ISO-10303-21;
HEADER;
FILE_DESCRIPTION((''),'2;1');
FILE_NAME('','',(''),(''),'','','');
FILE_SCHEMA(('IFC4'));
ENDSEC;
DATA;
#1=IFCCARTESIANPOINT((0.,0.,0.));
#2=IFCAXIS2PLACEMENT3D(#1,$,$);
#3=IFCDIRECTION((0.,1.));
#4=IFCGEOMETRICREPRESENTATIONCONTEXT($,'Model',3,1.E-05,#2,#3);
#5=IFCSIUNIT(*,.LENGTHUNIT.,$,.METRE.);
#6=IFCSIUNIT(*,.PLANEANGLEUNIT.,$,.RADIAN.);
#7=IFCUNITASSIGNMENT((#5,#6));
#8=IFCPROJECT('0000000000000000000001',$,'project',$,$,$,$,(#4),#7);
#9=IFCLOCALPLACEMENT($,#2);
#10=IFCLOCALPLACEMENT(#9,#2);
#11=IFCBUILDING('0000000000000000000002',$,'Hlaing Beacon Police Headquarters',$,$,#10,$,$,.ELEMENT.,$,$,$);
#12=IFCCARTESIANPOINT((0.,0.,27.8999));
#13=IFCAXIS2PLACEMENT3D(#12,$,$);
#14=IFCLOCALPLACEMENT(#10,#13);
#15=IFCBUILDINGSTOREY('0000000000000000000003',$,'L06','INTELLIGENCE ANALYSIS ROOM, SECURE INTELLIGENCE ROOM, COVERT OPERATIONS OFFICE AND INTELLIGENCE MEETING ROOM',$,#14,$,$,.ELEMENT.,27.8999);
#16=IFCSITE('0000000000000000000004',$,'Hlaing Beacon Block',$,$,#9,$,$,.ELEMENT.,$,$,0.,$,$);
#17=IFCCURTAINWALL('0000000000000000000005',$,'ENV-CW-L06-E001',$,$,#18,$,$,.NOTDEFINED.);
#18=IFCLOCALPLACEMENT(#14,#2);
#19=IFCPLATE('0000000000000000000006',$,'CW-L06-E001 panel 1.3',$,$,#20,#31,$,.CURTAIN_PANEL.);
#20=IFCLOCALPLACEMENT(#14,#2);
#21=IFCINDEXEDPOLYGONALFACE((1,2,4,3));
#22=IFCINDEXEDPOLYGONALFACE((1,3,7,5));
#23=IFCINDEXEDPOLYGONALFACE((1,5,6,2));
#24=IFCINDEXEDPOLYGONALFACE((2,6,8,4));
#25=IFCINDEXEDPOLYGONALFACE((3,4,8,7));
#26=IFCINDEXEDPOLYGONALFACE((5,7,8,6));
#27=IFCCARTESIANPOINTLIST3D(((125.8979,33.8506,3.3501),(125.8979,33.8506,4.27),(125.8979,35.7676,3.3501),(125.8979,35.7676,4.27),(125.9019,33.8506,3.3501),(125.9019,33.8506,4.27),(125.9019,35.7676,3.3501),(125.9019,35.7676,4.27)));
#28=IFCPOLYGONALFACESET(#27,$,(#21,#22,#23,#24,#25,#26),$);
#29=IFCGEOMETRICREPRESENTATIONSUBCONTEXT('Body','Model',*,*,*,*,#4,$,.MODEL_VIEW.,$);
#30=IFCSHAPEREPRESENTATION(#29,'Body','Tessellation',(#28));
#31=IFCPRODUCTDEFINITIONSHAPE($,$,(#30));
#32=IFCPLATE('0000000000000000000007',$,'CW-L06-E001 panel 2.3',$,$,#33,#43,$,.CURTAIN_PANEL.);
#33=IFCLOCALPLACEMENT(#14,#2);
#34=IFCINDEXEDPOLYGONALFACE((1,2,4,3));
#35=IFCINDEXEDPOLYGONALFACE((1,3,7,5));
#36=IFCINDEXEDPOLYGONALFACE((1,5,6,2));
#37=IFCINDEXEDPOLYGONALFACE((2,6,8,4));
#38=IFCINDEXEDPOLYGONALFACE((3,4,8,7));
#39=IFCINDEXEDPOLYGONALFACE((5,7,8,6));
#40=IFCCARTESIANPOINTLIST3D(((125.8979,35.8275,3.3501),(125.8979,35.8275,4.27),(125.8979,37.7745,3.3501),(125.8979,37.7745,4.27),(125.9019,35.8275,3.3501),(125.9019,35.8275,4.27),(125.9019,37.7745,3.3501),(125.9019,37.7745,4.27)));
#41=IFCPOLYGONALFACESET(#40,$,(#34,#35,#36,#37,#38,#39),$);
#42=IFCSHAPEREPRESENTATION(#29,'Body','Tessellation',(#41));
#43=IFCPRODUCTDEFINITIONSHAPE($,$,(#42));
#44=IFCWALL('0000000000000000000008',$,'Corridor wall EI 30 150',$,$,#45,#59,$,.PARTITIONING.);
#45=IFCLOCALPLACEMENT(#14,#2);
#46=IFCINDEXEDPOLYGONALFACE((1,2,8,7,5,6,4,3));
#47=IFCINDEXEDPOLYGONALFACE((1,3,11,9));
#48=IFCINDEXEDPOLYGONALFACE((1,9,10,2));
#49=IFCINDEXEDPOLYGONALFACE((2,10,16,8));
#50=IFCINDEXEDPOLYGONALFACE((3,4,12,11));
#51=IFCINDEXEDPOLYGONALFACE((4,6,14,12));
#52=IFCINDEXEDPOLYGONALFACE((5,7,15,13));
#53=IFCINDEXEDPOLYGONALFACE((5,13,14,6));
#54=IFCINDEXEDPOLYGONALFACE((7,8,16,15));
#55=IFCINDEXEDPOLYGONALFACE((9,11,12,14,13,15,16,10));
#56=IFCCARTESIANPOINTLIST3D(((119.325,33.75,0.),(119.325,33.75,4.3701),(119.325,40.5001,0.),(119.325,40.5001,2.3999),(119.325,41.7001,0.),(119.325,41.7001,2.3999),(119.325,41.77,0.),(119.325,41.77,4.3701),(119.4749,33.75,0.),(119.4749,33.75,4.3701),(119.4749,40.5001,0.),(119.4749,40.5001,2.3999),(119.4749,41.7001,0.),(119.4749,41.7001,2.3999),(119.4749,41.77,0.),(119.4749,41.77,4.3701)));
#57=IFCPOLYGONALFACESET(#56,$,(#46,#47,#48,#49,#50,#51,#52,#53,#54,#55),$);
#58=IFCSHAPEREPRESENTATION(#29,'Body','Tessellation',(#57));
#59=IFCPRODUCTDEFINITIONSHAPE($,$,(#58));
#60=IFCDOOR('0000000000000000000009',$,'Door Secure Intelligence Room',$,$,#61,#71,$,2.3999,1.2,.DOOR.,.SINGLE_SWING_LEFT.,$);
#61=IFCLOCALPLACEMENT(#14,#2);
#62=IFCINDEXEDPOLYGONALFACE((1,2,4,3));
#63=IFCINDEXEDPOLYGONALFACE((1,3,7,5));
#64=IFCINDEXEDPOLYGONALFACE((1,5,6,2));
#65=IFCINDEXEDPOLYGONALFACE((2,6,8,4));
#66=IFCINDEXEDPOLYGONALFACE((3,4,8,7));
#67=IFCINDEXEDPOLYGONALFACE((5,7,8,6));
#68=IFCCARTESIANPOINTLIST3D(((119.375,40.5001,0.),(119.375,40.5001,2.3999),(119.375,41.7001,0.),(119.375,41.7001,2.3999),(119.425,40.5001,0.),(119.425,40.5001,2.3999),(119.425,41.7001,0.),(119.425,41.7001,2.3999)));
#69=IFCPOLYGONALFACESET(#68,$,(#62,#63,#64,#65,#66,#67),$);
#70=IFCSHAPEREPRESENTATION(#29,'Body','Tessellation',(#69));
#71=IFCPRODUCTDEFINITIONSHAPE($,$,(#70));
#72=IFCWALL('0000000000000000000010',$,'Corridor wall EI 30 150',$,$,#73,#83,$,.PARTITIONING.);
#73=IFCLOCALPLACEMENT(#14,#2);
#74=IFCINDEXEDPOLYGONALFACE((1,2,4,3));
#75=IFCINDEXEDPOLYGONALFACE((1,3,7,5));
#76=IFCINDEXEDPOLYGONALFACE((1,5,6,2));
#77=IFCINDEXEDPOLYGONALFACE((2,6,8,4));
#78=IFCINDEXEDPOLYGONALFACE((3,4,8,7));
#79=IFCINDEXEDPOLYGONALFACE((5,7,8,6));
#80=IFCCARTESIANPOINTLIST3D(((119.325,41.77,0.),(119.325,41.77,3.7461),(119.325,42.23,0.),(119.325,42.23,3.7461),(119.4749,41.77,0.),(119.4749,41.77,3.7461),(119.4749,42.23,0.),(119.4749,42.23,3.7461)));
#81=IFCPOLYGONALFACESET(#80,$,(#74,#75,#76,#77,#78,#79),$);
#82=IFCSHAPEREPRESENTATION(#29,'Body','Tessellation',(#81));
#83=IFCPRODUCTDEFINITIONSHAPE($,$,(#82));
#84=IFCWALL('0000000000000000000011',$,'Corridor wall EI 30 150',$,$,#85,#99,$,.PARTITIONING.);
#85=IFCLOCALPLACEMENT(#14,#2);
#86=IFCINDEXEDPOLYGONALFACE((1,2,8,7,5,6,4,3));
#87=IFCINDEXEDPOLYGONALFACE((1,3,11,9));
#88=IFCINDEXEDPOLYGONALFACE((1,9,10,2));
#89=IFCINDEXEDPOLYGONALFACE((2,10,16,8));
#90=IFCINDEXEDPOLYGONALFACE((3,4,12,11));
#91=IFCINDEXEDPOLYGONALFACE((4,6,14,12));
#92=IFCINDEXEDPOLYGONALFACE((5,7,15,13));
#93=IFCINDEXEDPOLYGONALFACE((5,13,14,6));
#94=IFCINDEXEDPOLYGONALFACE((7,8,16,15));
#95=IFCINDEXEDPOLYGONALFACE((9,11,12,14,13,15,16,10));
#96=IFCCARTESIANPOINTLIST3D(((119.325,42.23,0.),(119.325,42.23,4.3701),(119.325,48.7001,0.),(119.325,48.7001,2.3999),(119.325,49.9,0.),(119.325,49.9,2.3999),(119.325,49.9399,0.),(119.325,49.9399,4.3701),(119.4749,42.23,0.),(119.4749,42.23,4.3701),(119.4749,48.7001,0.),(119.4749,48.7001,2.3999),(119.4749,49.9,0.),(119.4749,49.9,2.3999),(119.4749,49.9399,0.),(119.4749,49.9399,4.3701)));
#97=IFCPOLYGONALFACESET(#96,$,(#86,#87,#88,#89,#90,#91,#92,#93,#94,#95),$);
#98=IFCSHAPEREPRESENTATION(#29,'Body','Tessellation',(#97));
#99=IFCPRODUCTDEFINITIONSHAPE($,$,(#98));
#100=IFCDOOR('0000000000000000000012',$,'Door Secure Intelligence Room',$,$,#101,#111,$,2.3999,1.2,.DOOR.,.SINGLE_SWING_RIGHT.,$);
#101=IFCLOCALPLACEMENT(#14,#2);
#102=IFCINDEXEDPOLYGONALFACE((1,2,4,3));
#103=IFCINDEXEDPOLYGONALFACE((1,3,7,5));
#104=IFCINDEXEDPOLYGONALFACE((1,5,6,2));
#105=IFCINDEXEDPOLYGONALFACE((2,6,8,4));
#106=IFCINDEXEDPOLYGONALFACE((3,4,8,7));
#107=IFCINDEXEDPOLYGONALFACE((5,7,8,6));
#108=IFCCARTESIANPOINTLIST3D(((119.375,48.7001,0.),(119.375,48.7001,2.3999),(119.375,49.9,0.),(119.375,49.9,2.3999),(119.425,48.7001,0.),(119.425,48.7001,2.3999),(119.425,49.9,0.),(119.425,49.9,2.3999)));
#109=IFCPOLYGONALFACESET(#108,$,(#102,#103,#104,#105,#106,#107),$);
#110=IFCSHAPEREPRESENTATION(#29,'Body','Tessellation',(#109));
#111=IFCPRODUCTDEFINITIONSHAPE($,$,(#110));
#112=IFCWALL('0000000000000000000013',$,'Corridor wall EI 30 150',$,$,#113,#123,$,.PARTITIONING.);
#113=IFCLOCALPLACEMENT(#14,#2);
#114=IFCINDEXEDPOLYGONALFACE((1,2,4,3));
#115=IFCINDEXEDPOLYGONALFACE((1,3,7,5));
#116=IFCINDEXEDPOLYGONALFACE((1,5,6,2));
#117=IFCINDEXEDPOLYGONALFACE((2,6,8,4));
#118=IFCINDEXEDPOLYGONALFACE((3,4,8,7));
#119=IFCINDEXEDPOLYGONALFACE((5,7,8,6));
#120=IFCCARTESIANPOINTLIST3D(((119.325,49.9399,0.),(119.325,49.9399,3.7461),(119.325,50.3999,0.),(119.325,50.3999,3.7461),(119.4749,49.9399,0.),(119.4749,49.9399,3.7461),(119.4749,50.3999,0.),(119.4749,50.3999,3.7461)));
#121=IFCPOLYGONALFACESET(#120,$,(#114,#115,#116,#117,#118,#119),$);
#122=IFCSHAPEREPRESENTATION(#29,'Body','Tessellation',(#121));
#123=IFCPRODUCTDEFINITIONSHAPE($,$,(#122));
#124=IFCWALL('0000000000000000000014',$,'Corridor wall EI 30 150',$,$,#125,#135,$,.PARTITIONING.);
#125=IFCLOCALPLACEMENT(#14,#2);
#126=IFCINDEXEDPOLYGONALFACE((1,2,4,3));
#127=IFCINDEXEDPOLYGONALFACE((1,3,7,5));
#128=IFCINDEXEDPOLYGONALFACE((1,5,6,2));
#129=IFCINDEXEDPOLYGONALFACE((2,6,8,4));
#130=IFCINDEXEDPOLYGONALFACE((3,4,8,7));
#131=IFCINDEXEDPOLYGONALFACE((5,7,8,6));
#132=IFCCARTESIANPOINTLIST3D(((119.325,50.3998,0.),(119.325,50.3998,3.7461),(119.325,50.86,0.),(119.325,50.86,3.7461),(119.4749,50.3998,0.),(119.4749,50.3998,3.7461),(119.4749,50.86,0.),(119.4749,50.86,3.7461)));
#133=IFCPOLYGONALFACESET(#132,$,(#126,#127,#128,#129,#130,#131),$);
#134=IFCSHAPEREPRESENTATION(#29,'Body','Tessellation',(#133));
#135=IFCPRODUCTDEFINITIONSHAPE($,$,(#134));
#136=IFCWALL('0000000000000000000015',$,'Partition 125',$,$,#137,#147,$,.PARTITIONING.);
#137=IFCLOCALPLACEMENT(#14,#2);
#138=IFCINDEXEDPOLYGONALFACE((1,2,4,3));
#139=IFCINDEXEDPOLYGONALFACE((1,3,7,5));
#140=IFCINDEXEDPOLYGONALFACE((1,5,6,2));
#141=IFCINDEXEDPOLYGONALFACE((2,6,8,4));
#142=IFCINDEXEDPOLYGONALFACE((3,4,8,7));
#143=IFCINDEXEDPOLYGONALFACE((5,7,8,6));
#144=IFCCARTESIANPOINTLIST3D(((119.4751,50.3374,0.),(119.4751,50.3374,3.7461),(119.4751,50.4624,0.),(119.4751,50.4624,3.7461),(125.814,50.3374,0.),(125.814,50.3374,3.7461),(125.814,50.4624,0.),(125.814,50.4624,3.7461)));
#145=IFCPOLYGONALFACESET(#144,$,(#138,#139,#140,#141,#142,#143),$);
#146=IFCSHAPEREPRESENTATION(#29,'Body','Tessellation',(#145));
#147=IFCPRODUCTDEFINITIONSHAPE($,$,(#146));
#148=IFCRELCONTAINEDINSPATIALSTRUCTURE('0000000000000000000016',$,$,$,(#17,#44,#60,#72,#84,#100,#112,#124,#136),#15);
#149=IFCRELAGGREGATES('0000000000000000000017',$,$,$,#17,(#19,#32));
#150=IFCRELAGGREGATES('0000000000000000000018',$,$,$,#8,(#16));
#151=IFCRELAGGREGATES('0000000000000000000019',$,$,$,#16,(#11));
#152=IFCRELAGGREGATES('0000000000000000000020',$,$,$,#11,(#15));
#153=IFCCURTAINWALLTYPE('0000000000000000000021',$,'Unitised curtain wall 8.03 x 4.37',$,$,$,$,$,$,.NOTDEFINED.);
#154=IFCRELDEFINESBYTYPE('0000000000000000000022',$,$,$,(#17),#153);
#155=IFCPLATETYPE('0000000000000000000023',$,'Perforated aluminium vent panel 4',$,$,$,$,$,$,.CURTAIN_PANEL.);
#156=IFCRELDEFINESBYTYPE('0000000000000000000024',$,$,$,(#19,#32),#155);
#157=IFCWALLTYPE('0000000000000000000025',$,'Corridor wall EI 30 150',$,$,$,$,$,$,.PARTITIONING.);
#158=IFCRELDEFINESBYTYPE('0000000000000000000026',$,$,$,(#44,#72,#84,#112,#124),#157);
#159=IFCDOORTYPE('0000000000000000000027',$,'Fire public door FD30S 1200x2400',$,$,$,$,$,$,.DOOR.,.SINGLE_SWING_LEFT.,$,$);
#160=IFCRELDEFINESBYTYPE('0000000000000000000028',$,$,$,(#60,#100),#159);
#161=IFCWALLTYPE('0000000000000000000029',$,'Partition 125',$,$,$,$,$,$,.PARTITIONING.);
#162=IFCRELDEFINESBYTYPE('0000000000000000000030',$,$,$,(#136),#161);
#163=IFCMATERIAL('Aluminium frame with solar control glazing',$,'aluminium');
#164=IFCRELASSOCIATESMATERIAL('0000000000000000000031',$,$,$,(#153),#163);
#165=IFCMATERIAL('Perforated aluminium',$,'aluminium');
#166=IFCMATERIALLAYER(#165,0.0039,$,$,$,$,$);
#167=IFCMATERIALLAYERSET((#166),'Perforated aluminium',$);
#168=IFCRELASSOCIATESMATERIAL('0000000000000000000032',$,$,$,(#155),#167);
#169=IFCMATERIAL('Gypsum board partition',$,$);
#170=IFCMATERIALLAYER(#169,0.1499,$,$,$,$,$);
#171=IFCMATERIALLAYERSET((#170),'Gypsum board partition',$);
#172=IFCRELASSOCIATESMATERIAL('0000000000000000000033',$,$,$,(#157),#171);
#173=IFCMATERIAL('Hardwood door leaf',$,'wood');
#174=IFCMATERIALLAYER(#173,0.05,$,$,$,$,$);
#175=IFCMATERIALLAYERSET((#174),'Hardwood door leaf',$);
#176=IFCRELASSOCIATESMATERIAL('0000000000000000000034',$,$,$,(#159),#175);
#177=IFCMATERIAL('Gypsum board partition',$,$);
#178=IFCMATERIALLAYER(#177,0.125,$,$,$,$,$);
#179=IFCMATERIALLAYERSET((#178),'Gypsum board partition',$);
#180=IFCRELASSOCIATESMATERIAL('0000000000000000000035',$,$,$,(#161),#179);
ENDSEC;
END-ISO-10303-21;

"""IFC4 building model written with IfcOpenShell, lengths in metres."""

from ifc_helpers import new_model, si_unit, direction, frame, frame_2d, origin, origin_2d, place, context, subcontext, project, spatial, rectangle, extrude, material, layer, layer_set, type_object, element, fill, aggregate, save


model = new_model("IFC4")

# Units and contexts
model_context = context("Model", 3, precision=1e-05, world=origin(), true_north=direction((0.0, 1.0)))
body_context = subcontext(model_context, "Body", "Model", "MODEL_VIEW")
ifc_project = project(units=[si_unit("LENGTHUNIT", "METRE"), si_unit("PLANEANGLEUNIT", "RADIAN")], contexts=[model_context])

# Site, building, storey
site_placement = place(None, origin())
site = spatial("IfcSite", under=ifc_project, at=site_placement, Name="Hlaing Beacon Block", CompositionType="ELEMENT", RefElevation=0.0)
building_placement = place(site_placement, origin())
building = spatial("IfcBuilding", under=site, at=building_placement, Name="Hlaing Beacon Police Headquarters", CompositionType="ELEMENT")
storey_placement = place(building_placement, frame((0.0, 0.0, 27.8999)))
storey = spatial("IfcBuildingStorey", under=building, at=storey_placement, Name="L06", Description="INTELLIGENCE ANALYSIS ROOM, SECURE INTELLIGENCE ROOM, COVERT OPERATIONS OFFICE AND INTELLIGENCE MEETING ROOM", CompositionType="ELEMENT", Elevation=27.8999)

# Curtain wall
ifc_material_1 = material(Name="Aluminium frame with solar control glazing", Category="aluminium")
curtain_wall_type = type_object("IfcCurtainWallType", Name="Unitised curtain wall 8.03 x 4.37", PredefinedType="NOTDEFINED", material=ifc_material_1)
curtain_wall_placement = place(storey_placement, origin())
curtain_wall = element("IfcCurtainWall", 1, at=curtain_wall_placement, inside=storey, type_object=curtain_wall_type, Name="ENV-CW-L06-E001", PredefinedType="NOTDEFINED")

# Plates
ifc_material_2 = material(Name="Perforated aluminium", Category="aluminium")
ifc_layer_1 = layer(ifc_material_2, 0.0039)
ifc_layer_set_1 = layer_set([ifc_layer_1], Name="Perforated aluminium")
plate_type_1 = type_object("IfcPlateType", Name="Perforated aluminium vent panel 4", PredefinedType="CURTAIN_PANEL", material=ifc_layer_set_1)
plate_1_placement = place(storey_placement, frame((125.8999, 34.8091, 3.3501), z_axis=(0.0, 0.0, 1.0), x_axis=(0.0, 1.0, 0.0)))
plate_1 = element("IfcPlate", 2, at=plate_1_placement, type_object=plate_type_1, Name="CW-L06-E001 panel 1.3", PredefinedType="CURTAIN_PANEL", context=body_context, shape_type="SweptSolid", body=[
    extrude(rectangle(XDim=1.917, YDim=0.0039, at=origin_2d()), origin(), (0.0, 0.0, 1.0), 0.9199),
])
plate_2_placement = place(storey_placement, frame((125.8999, 36.801, 3.3501), z_axis=(0.0, 0.0, 1.0), x_axis=(0.0, 1.0, 0.0)))
plate_2 = element("IfcPlate", 3, at=plate_2_placement, type_object=plate_type_1, Name="CW-L06-E001 panel 2.3", PredefinedType="CURTAIN_PANEL", context=body_context, shape_type="SweptSolid", body=[
    extrude(rectangle(XDim=1.947, YDim=0.0039, at=origin_2d()), origin(), (0.0, 0.0, 1.0), 0.9199),
])
aggregate(curtain_wall, [plate_1, plate_2])

# Wall, opening, door
ifc_material_3 = material(Name="Gypsum board partition")
ifc_layer_2 = layer(ifc_material_3, 0.1499)
ifc_layer_set_2 = layer_set([ifc_layer_2], Name="Gypsum board partition")
wall_type_1 = type_object("IfcWallType", Name="Corridor wall EI 30 150", PredefinedType="PARTITIONING", material=ifc_layer_set_2)
wall_1_placement = place(storey_placement, frame((119.3999, 33.75, 0.0), z_axis=(0.0, 0.0, 1.0), x_axis=(0.0, 1.0, 0.0)))
wall_1 = element("IfcWall", 4, at=wall_1_placement, inside=storey, type_object=wall_type_1, Name="Corridor wall EI 30 150", PredefinedType="PARTITIONING", context=body_context, shape_type="SweptSolid", body=[
    extrude(rectangle(XDim=8.02, YDim=0.1499, at=frame_2d((4.01, 0.0))), origin(), (0.0, 0.0, 1.0), 4.3701),
])
opening_1_placement = place(wall_1_placement, frame((6.75, 0.0, 0.0)))
opening_1 = element("IfcOpeningElement", 5, at=opening_1_placement, cuts=wall_1, PredefinedType="OPENING", context=body_context, shape_type="SweptSolid", body=[
    extrude(rectangle(XDim=1.2, YDim=2.3999, at=frame_2d((0.6001, 1.2))), frame((0.0, 0.085, 0.0), z_axis=(0.0, -1.0, 0.0), x_axis=(1.0, 0.0, 0.0)), (0.0, 0.0, 1.0), 0.1699),
])
ifc_material_4 = material(Name="Hardwood door leaf", Category="wood")
ifc_layer_3 = layer(ifc_material_4, 0.05)
ifc_layer_set_3 = layer_set([ifc_layer_3], Name="Hardwood door leaf")
door_type = type_object("IfcDoorType", Name="Fire public door FD30S 1200x2400", OperationType="SINGLE_SWING_LEFT", PredefinedType="DOOR", material=ifc_layer_set_3)
door_1_placement = place(opening_1_placement, origin())
door_1 = element("IfcDoor", 6, at=door_1_placement, inside=storey, type_object=door_type, Name="Door Secure Intelligence Room", OperationType="SINGLE_SWING_LEFT", OverallHeight=2.3999, OverallWidth=1.2, PredefinedType="DOOR", context=body_context, shape_type="SweptSolid", body=[
    extrude(rectangle(XDim=1.2, YDim=2.3999, at=frame_2d((0.6001, 1.2))), frame((0.0, 0.0249, 0.0), z_axis=(0.0, -1.0, 0.0), x_axis=(1.0, 0.0, 0.0)), (0.0, 0.0, 1.0), 0.05),
])
fill(opening_1, door_1)

# Wall
wall_2_placement = place(storey_placement, frame((119.3999, 41.77, 0.0), z_axis=(0.0, 0.0, 1.0), x_axis=(0.0, 1.0, 0.0)))
element("IfcWall", 7, at=wall_2_placement, inside=storey, type_object=wall_type_1, Name="Corridor wall EI 30 150", PredefinedType="PARTITIONING", context=body_context, shape_type="SweptSolid", body=[
    extrude(rectangle(XDim=0.46, YDim=0.1499, at=frame_2d((0.23, 0.0))), origin(), (0.0, 0.0, 1.0), 3.7461),
])

# Wall, opening, door
wall_3_placement = place(storey_placement, frame((119.3999, 42.23, 0.0), z_axis=(0.0, 0.0, 1.0), x_axis=(0.0, 1.0, 0.0)))
wall_3 = element("IfcWall", 8, at=wall_3_placement, inside=storey, type_object=wall_type_1, Name="Corridor wall EI 30 150", PredefinedType="PARTITIONING", context=body_context, shape_type="SweptSolid", body=[
    extrude(rectangle(XDim=7.71, YDim=0.1499, at=frame_2d((3.855, 0.0))), origin(), (0.0, 0.0, 1.0), 4.3701),
])
opening_2_placement = place(wall_3_placement, frame((6.47, 0.0, 0.0)))
opening_2 = element("IfcOpeningElement", 9, at=opening_2_placement, cuts=wall_3, PredefinedType="OPENING", context=body_context, shape_type="SweptSolid", body=[
    extrude(rectangle(XDim=1.2, YDim=2.3999, at=frame_2d((0.6001, 1.2))), frame((0.0, 0.085, 0.0), z_axis=(0.0, -1.0, 0.0), x_axis=(1.0, 0.0, 0.0)), (0.0, 0.0, 1.0), 0.1699),
])
door_2_placement = place(opening_2_placement, origin())
door_2 = element("IfcDoor", 10, at=door_2_placement, inside=storey, type_object=door_type, Name="Door Secure Intelligence Room", OperationType="SINGLE_SWING_RIGHT", OverallHeight=2.3999, OverallWidth=1.2, PredefinedType="DOOR", context=body_context, shape_type="SweptSolid", body=[
    extrude(rectangle(XDim=1.2, YDim=2.3999, at=frame_2d((0.6001, 1.2))), frame((0.0, 0.0249, 0.0), z_axis=(0.0, -1.0, 0.0), x_axis=(1.0, 0.0, 0.0)), (0.0, 0.0, 1.0), 0.05),
])
fill(opening_2, door_2)

# Walls
wall_4_placement = place(storey_placement, frame((119.3999, 49.9399, 0.0), z_axis=(0.0, 0.0, 1.0), x_axis=(0.0, 1.0, 0.0)))
element("IfcWall", 11, at=wall_4_placement, inside=storey, type_object=wall_type_1, Name="Corridor wall EI 30 150", PredefinedType="PARTITIONING", context=body_context, shape_type="SweptSolid", body=[
    extrude(rectangle(XDim=0.46, YDim=0.1499, at=frame_2d((0.23, 0.0))), origin(), (0.0, 0.0, 1.0), 3.7461),
])
wall_5_placement = place(storey_placement, frame((119.3999, 50.3999, 0.0), z_axis=(0.0, 0.0, 1.0), x_axis=(0.0, 1.0, 0.0)))
element("IfcWall", 12, at=wall_5_placement, inside=storey, type_object=wall_type_1, Name="Corridor wall EI 30 150", PredefinedType="PARTITIONING", context=body_context, shape_type="SweptSolid", body=[
    extrude(rectangle(XDim=0.4602, YDim=0.1499, at=frame_2d((0.23, 0.0))), origin(), (0.0, 0.0, 1.0), 3.7461),
])
ifc_material_5 = material(Name="Gypsum board partition")
ifc_layer_4 = layer(ifc_material_5, 0.125)
ifc_layer_set_4 = layer_set([ifc_layer_4], Name="Gypsum board partition")
wall_type_2 = type_object("IfcWallType", Name="Partition 125", PredefinedType="PARTITIONING", material=ifc_layer_set_4)
wall_6_placement = place(storey_placement, frame((119.4751, 50.3999, 0.0), z_axis=(0.0, 0.0, 1.0), x_axis=(1.0, 0.0, 0.0)))
element("IfcWall", 13, at=wall_6_placement, inside=storey, type_object=wall_type_2, Name="Partition 125", PredefinedType="PARTITIONING", context=body_context, shape_type="SweptSolid", body=[
    extrude(rectangle(XDim=6.3389, YDim=0.125, at=frame_2d((3.1694, 0.0))), origin(), (0.0, 0.0, 1.0), 3.7461),
])

save(model, "model.ifc")
